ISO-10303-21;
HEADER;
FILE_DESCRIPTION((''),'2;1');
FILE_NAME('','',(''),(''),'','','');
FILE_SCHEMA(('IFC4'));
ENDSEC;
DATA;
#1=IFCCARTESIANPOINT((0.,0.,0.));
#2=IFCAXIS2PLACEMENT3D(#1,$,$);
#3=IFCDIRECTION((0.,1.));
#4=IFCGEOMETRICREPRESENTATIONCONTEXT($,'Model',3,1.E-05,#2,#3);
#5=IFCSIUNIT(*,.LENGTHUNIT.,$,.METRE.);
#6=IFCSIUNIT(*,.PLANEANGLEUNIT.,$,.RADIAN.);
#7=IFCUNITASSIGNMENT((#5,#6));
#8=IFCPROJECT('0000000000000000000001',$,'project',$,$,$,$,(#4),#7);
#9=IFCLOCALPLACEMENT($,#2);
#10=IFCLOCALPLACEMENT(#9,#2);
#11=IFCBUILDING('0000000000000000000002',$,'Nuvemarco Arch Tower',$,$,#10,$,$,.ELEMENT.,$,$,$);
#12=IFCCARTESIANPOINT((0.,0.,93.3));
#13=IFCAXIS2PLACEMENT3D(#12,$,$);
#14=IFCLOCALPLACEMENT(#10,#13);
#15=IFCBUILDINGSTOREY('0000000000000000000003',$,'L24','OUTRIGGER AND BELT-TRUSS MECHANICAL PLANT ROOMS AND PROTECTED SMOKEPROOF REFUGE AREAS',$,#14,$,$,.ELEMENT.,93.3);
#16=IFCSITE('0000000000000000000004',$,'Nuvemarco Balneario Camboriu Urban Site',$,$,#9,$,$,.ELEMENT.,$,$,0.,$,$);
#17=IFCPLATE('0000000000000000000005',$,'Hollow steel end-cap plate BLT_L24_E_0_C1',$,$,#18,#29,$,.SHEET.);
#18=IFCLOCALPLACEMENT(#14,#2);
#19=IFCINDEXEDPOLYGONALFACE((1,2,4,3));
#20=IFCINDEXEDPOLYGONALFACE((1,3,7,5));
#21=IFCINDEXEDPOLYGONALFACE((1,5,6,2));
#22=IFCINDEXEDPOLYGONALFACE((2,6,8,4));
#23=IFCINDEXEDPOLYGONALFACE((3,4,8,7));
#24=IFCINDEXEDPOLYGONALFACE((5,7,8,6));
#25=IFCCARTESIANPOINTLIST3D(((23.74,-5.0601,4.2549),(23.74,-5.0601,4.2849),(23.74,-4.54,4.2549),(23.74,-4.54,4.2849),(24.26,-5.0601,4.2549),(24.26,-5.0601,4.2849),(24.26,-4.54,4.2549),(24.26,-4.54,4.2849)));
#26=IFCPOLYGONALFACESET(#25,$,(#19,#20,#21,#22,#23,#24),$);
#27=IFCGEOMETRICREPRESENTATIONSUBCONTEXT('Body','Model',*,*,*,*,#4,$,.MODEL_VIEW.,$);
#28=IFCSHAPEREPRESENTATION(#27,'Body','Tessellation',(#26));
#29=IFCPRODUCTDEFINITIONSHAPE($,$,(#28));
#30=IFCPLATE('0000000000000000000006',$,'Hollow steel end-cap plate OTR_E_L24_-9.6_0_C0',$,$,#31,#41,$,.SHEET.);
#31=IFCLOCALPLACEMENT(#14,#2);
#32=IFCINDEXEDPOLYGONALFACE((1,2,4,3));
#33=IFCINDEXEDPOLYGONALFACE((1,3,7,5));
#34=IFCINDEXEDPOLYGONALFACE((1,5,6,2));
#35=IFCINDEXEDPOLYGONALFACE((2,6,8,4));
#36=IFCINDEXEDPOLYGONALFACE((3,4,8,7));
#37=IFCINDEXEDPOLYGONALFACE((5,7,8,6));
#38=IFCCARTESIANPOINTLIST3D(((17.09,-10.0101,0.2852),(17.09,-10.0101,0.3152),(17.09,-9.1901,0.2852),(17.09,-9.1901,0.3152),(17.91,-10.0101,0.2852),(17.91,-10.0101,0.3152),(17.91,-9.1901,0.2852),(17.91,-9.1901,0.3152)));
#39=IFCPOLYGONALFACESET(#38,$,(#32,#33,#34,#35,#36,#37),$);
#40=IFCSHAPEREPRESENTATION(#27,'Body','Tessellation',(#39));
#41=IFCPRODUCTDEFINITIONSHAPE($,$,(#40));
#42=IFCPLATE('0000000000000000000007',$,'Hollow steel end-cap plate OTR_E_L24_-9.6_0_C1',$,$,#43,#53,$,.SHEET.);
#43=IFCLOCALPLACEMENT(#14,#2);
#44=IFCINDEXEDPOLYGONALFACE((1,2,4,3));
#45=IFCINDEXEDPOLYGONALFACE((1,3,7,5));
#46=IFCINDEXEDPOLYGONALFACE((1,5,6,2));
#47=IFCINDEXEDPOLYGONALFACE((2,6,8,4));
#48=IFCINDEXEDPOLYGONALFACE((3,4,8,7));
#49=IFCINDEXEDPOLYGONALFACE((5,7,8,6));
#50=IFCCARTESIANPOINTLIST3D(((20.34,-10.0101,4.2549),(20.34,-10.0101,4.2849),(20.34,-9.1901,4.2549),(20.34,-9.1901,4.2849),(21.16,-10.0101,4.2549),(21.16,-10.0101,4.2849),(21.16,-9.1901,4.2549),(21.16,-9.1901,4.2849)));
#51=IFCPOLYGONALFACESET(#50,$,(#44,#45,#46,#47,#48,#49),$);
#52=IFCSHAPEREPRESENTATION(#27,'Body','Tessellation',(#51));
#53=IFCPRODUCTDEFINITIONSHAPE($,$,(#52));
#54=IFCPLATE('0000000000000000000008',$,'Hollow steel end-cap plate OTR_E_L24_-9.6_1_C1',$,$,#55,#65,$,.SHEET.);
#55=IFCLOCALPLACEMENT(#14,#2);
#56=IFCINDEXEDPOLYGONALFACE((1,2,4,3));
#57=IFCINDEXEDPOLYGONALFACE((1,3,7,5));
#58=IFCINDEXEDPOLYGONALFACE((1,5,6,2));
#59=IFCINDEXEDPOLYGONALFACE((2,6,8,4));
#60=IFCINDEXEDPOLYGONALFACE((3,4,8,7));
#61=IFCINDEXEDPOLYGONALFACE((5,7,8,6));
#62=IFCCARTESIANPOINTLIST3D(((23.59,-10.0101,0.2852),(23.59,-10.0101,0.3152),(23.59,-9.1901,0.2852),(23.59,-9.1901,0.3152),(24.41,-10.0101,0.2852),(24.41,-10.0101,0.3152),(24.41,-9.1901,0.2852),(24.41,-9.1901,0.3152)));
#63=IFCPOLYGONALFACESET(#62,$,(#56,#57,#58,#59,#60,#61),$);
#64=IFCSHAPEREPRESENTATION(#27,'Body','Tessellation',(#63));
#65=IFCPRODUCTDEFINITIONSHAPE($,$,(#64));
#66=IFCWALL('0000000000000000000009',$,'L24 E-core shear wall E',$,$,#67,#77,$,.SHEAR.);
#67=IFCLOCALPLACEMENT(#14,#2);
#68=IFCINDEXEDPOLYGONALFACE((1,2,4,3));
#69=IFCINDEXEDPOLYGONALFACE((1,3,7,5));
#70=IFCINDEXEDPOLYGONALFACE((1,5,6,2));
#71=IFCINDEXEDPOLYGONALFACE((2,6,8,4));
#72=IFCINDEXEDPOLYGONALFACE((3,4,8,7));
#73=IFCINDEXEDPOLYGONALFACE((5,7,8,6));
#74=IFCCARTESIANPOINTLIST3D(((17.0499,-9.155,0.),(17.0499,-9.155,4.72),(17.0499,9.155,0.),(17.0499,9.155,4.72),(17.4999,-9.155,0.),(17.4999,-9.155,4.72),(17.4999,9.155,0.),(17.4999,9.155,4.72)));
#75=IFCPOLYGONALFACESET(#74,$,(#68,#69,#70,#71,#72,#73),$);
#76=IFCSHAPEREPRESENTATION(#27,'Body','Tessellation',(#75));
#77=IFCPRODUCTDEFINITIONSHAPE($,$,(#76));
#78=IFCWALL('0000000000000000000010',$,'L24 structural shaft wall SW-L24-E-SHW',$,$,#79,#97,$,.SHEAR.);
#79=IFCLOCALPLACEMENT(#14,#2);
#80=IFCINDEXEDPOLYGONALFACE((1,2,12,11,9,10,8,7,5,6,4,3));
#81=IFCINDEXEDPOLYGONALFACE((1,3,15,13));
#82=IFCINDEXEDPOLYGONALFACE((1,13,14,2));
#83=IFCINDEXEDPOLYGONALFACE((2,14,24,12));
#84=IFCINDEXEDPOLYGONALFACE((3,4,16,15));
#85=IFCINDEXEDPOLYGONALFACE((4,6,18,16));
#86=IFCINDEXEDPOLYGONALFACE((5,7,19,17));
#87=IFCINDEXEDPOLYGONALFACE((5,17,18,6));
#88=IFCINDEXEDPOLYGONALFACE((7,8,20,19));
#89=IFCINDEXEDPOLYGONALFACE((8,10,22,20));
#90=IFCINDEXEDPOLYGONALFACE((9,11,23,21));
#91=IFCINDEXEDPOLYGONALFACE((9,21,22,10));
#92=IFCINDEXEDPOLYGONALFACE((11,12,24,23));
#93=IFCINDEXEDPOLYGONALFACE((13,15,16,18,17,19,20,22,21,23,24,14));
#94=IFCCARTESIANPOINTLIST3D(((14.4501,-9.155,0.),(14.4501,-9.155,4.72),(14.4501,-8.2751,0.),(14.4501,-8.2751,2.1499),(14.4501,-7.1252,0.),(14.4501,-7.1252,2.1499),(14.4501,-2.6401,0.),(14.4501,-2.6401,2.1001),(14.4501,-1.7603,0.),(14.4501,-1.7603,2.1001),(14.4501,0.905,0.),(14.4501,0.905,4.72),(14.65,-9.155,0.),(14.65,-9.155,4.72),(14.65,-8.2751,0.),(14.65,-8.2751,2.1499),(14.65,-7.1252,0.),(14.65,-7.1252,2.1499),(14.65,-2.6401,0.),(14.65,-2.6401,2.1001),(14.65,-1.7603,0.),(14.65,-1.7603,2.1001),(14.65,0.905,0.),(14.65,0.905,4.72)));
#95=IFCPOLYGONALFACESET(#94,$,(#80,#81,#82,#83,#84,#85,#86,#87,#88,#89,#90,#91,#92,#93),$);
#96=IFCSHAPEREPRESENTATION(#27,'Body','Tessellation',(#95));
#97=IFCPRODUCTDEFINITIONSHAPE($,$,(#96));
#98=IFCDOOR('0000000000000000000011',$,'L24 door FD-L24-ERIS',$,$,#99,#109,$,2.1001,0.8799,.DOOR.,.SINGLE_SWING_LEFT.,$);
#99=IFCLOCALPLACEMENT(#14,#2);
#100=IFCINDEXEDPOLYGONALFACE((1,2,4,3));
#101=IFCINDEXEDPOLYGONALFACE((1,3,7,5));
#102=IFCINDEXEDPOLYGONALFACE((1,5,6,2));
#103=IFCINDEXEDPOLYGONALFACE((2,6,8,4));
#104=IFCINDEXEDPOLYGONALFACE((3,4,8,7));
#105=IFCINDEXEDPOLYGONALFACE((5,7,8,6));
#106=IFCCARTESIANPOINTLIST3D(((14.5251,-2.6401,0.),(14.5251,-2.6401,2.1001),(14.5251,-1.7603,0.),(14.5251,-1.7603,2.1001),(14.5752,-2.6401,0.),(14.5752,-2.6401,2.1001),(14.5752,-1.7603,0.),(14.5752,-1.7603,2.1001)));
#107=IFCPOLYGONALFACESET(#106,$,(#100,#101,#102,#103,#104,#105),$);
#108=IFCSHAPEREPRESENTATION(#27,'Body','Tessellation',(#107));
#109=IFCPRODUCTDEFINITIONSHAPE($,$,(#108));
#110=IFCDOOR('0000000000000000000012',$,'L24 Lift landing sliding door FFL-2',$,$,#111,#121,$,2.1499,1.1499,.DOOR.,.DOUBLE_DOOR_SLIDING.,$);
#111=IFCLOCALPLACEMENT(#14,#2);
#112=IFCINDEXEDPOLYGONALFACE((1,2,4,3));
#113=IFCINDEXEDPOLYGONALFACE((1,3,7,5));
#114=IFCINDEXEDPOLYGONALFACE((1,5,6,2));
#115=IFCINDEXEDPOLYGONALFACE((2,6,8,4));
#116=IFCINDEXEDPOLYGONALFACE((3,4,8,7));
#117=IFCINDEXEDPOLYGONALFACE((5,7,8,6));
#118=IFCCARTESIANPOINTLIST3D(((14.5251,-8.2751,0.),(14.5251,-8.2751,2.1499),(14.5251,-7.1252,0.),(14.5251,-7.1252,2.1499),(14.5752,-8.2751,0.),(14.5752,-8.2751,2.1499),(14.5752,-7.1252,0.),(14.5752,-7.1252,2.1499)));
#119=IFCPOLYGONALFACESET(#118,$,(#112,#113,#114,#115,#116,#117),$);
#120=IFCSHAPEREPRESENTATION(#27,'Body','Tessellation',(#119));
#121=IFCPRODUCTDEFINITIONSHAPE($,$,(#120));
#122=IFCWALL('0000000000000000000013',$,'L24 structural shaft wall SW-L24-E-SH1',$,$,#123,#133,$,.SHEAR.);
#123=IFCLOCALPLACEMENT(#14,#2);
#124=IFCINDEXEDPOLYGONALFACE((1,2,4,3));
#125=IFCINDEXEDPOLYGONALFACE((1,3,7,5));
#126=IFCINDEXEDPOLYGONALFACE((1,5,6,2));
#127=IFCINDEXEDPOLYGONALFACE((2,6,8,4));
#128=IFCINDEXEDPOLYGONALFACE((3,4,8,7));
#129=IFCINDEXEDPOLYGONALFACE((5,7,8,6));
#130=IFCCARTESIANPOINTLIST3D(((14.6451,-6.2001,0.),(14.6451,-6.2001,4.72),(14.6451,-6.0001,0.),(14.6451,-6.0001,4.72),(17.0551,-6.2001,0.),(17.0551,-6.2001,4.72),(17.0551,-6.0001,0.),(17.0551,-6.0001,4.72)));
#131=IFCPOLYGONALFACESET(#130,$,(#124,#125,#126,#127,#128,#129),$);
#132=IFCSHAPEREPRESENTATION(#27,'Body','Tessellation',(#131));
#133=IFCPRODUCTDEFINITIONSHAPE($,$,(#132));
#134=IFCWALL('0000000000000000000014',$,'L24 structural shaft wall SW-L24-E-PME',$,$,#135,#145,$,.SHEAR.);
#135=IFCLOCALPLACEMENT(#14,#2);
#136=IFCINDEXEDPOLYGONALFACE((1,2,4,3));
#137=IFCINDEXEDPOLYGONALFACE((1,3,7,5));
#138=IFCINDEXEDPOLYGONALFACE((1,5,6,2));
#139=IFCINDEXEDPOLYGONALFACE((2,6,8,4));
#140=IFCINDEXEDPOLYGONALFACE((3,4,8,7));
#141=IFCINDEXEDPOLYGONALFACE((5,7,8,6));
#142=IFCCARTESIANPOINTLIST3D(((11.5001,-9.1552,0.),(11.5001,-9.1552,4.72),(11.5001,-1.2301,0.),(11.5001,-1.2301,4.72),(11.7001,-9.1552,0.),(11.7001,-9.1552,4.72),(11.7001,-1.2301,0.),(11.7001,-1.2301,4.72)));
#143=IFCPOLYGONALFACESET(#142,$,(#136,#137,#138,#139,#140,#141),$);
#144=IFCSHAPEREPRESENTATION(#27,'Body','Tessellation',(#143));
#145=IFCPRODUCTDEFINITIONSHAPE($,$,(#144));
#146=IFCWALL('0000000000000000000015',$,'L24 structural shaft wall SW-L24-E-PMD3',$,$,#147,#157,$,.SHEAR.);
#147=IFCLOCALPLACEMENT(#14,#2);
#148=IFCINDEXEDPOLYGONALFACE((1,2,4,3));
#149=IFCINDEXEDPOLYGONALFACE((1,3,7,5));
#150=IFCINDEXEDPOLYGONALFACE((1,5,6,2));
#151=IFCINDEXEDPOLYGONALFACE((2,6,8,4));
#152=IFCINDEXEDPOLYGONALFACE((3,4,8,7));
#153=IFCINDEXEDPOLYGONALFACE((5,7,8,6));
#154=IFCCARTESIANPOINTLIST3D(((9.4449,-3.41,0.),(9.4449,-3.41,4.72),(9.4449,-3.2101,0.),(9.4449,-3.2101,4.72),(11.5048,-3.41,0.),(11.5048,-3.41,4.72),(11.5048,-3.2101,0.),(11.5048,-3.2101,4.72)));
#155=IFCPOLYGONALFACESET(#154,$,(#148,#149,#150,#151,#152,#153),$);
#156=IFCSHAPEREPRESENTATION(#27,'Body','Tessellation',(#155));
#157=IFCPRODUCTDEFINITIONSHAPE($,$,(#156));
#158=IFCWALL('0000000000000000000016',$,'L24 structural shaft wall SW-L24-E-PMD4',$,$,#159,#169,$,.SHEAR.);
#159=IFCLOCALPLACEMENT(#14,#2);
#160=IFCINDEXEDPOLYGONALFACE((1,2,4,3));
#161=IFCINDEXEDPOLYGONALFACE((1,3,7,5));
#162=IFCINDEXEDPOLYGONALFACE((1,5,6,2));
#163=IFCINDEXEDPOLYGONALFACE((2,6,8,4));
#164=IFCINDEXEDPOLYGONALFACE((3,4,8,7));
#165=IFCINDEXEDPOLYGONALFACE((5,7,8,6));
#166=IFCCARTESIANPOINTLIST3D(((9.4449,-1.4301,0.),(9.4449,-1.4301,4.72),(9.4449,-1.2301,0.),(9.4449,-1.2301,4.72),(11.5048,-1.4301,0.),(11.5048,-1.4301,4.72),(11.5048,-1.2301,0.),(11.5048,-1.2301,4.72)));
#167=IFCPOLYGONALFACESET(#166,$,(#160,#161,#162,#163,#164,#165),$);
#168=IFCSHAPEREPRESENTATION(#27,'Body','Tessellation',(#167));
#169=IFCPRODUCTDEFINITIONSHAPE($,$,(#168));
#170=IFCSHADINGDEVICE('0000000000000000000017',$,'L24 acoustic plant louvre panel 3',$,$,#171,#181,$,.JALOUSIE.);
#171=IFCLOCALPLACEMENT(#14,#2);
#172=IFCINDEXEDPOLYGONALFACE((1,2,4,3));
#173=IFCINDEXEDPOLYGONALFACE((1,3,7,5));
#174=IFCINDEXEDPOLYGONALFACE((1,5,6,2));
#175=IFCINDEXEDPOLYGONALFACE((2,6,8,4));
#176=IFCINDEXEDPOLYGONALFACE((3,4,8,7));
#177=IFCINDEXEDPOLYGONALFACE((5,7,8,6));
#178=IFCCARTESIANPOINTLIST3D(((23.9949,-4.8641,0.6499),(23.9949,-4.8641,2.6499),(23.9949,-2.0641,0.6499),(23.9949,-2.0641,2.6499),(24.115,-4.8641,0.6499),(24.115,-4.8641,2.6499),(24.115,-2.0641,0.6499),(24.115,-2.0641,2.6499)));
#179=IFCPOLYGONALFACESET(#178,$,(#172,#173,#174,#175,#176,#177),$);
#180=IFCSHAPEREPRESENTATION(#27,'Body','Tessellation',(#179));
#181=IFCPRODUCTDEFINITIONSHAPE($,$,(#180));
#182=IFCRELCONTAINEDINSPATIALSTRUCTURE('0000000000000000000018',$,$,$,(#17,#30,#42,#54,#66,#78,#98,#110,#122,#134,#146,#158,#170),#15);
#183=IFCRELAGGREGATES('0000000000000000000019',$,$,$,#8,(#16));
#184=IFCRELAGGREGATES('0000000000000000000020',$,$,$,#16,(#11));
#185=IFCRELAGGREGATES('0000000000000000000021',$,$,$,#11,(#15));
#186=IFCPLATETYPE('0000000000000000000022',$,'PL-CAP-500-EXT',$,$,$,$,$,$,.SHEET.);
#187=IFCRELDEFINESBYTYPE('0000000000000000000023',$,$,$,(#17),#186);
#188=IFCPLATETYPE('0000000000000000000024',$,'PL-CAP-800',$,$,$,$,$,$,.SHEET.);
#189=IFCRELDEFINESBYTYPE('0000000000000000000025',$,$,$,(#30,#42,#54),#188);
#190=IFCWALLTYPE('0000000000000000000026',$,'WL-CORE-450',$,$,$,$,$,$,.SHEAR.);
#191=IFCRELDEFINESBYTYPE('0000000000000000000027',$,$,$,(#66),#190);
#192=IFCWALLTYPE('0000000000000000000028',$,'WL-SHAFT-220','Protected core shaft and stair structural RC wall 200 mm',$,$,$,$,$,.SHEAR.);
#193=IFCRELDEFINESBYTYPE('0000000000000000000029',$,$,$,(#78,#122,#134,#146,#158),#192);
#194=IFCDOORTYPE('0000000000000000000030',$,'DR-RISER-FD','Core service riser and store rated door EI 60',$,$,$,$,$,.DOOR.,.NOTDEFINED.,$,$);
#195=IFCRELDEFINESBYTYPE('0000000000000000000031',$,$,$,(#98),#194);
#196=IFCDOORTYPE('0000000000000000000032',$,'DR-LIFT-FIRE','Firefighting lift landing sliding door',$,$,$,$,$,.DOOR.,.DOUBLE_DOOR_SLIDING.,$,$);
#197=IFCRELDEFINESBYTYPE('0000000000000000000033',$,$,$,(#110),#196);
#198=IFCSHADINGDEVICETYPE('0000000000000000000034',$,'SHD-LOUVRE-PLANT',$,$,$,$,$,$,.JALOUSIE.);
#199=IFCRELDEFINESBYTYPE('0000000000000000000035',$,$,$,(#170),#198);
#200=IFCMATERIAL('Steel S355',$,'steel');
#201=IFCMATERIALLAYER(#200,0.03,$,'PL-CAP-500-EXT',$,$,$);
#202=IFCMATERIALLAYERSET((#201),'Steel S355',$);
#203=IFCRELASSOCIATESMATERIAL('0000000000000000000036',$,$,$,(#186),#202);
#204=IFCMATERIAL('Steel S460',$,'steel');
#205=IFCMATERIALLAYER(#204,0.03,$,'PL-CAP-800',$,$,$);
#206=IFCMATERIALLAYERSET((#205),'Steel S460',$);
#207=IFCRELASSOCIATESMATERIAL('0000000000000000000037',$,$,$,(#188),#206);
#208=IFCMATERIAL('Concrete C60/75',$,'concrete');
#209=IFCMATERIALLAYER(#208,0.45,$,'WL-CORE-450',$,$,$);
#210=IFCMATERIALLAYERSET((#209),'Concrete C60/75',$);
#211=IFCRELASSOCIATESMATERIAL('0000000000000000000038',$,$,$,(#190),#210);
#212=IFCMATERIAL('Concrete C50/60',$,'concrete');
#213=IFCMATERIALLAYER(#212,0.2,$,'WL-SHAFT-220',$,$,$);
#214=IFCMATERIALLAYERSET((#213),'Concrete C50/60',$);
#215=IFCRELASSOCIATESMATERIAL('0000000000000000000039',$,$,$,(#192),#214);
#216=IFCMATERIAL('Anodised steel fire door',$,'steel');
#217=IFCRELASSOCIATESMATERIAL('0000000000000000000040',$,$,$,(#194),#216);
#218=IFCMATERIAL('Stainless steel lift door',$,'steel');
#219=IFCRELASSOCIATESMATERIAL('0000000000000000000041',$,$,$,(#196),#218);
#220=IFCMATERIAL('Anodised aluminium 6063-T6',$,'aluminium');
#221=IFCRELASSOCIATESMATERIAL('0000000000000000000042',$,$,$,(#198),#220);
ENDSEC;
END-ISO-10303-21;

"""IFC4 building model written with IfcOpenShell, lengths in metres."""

from ifc_helpers import new_model, si_unit, direction, frame, frame_2d, origin, origin_2d, place, context, subcontext, project, spatial, rectangle, extrude, source, transform, mapped, material, layer, layer_set, type_object, type_shapes, element, fill, save


model = new_model("IFC4")

# Units and contexts
model_context = context("Model", 3, precision=1e-05, world=origin(), true_north=direction((0.0, 1.0)))
body_context = subcontext(model_context, "Body", "Model", "MODEL_VIEW")
ifc_project = project(units=[si_unit("LENGTHUNIT", "METRE"), si_unit("PLANEANGLEUNIT", "RADIAN")], contexts=[model_context])

# Site, building, storey
site_placement = place(None, origin())
site = spatial("IfcSite", under=ifc_project, at=site_placement, Name="Nuvemarco Balneario Camboriu Urban Site", CompositionType="ELEMENT", RefElevation=0.0)
building_placement = place(site_placement, origin())
building = spatial("IfcBuilding", under=site, at=building_placement, Name="Nuvemarco Arch Tower", CompositionType="ELEMENT")
storey_placement = place(building_placement, frame((0.0, 0.0, 93.3)))
storey = spatial("IfcBuildingStorey", under=building, at=storey_placement, Name="L24", Description="OUTRIGGER AND BELT-TRUSS MECHANICAL PLANT ROOMS AND PROTECTED SMOKEPROOF REFUGE AREAS", CompositionType="ELEMENT", Elevation=93.3)

# Shared definitions
ifc_material_1 = material(Name="Concrete C60/75", Category="concrete")
ifc_material_2 = material(Name="Steel S460", Category="steel")

# Shared definitions
ifc_material_3 = material(Name="Steel S355", Category="steel")

# Plates
ifc_layer_1 = layer(ifc_material_3, 0.03, Name="PL-CAP-500-EXT")
ifc_layer_set_1 = layer_set([ifc_layer_1], Name="Steel S355")
plate_type_1 = type_object("IfcPlateType", Name="PL-CAP-500-EXT", PredefinedType="SHEET", material=ifc_layer_set_1)
shared_shape_1 = source(origin(), body_context, "Body", "SweptSolid", [
    extrude(rectangle(XDim=0.52, YDim=0.52, at=origin_2d()), origin(), (0.0, 0.0, 1.0), 0.03),
])
type_shapes(plate_type_1, [shared_shape_1])
plate_1_placement = place(storey_placement, frame((24.0, -4.8, 4.2549), z_axis=(0.0, 0.0, 1.0), x_axis=(1.0, 0.0, 0.0)))
element("IfcPlate", 1, at=plate_1_placement, inside=storey, type_object=plate_type_1, Name="Hollow steel end-cap plate BLT_L24_E_0_C1", PredefinedType="SHEET", context=body_context, shape_type="MappedRepresentation", body=[
    mapped(shared_shape_1, transform((0.0, 0.0, 0.0), scale=1.0)),
])
ifc_layer_2 = layer(ifc_material_2, 0.03, Name="PL-CAP-800")
ifc_layer_set_2 = layer_set([ifc_layer_2], Name="Steel S460")
plate_type_2 = type_object("IfcPlateType", Name="PL-CAP-800", PredefinedType="SHEET", material=ifc_layer_set_2)
shared_shape_2 = source(origin(), body_context, "Body", "SweptSolid", [
    extrude(rectangle(XDim=0.8201, YDim=0.8201, at=origin_2d()), origin(), (0.0, 0.0, 1.0), 0.03),
])
type_shapes(plate_type_2, [shared_shape_2])
for number, where, z_axis, x_axis, name in (
    (2, (17.5, -9.6001, 0.2852), (0.0, 0.0, 1.0), (1.0, 0.0, 0.0), "Hollow steel end-cap plate OTR_E_L24_-9.6_0_C0"),
    (3, (20.75, -9.6001, 4.2549), (0.0, 0.0, 1.0), (1.0, 0.0, 0.0), "Hollow steel end-cap plate OTR_E_L24_-9.6_0_C1"),
    (4, (24.0, -9.6001, 0.2852), (0.0, 0.0, 1.0), (1.0, 0.0, 0.0), "Hollow steel end-cap plate OTR_E_L24_-9.6_1_C1"),
):
    element("IfcPlate", number, at=place(storey_placement, frame(where, z_axis=z_axis, x_axis=x_axis)), inside=storey, type_object=plate_type_2, Name=name, PredefinedType="SHEET", context=body_context, shape_type="MappedRepresentation", body=[
        mapped(shared_shape_2, transform((0.0, 0.0, 0.0), scale=1.0)),
    ])

# Wall
ifc_layer_3 = layer(ifc_material_1, 0.45, Name="WL-CORE-450")
ifc_layer_set_3 = layer_set([ifc_layer_3], Name="Concrete C60/75")
wall_type_1 = type_object("IfcWallType", Name="WL-CORE-450", PredefinedType="SHEAR", material=ifc_layer_set_3)
wall_1_placement = place(storey_placement, frame((17.2749, -9.155, 0.0), z_axis=(0.0, 0.0, 1.0), x_axis=(0.0, 1.0, 0.0)))
element("IfcWall", 5, at=wall_1_placement, inside=storey, type_object=wall_type_1, Name="L24 E-core shear wall E", PredefinedType="SHEAR", context=body_context, shape_type="SweptSolid", body=[
    extrude(rectangle(XDim=18.3101, YDim=0.45, at=frame_2d((9.155, 0.0))), origin(), (0.0, 0.0, 1.0), 4.72),
])

# Wall, openings, doors
ifc_material_4 = material(Name="Concrete C50/60", Category="concrete")
ifc_layer_4 = layer(ifc_material_4, 0.2, Name="WL-SHAFT-220")
ifc_layer_set_4 = layer_set([ifc_layer_4], Name="Concrete C50/60")
wall_type_2 = type_object("IfcWallType", Name="WL-SHAFT-220", Description="Protected core shaft and stair structural RC wall 200 mm", PredefinedType="SHEAR", material=ifc_layer_set_4)
wall_2_placement = place(storey_placement, frame((14.55, -9.155, 0.0), z_axis=(0.0, 0.0, 1.0), x_axis=(0.0, 1.0, 0.0)))
wall_2 = element("IfcWall", 6, at=wall_2_placement, inside=storey, type_object=wall_type_2, Name="L24 structural shaft wall SW-L24-E-SHW", PredefinedType="SHEAR", context=body_context, shape_type="SweptSolid", body=[
    extrude(rectangle(XDim=10.0601, YDim=0.2, at=frame_2d((5.03, 0.0))), origin(), (0.0, 0.0, 1.0), 4.72),
])
opening_1_placement = place(wall_2_placement, frame((6.5149, 0.0, 0.0)))
opening_1 = element("IfcOpeningElement", 7, at=opening_1_placement, cuts=wall_2, PredefinedType="OPENING", context=body_context, shape_type="SweptSolid", body=[
    extrude(rectangle(XDim=0.8799, YDim=2.1001, at=frame_2d((0.4399, 1.05))), frame((0.0, 0.1099, 0.0), z_axis=(0.0, -1.0, 0.0), x_axis=(1.0, 0.0, 0.0)), (0.0, 0.0, 1.0), 0.22),
])
opening_2_placement = place(wall_2_placement, frame((0.8799, 0.0, 0.0)))
opening_2 = element("IfcOpeningElement", 8, at=opening_2_placement, cuts=wall_2, PredefinedType="OPENING", context=body_context, shape_type="SweptSolid", body=[
    extrude(rectangle(XDim=1.1499, YDim=2.1499, at=frame_2d((0.575, 1.075))), frame((0.0, 0.1099, 0.0), z_axis=(0.0, -1.0, 0.0), x_axis=(1.0, 0.0, 0.0)), (0.0, 0.0, 1.0), 0.22),
])
ifc_material_5 = material(Name="Anodised steel fire door", Category="steel")
door_type_1 = type_object("IfcDoorType", Name="DR-RISER-FD", Description="Core service riser and store rated door EI 60", OperationType="NOTDEFINED", PredefinedType="DOOR", material=ifc_material_5)
shared_shape_3 = source(origin(), body_context, "Body", "SweptSolid", [
    extrude(rectangle(XDim=0.8799, YDim=2.1001, at=frame_2d((0.4399, 1.05))), frame((0.0, 0.0249, 0.0), z_axis=(0.0, -1.0, 0.0), x_axis=(1.0, 0.0, 0.0)), (0.0, 0.0, 1.0), 0.05),
])
type_shapes(door_type_1, [shared_shape_3])
door_1_placement = place(opening_1_placement, origin())
door_1 = element("IfcDoor", 9, at=door_1_placement, inside=storey, type_object=door_type_1, Name="L24 door FD-L24-ERIS", OperationType="SINGLE_SWING_LEFT", OverallHeight=2.1001, OverallWidth=0.8799, PredefinedType="DOOR", context=body_context, shape_type="MappedRepresentation", body=[
    mapped(shared_shape_3, transform((0.0, 0.0, 0.0), scale=1.0)),
])
fill(opening_1, door_1)
ifc_material_6 = material(Name="Stainless steel lift door", Category="steel")
door_type_2 = type_object("IfcDoorType", Name="DR-LIFT-FIRE", Description="Firefighting lift landing sliding door", OperationType="DOUBLE_DOOR_SLIDING", PredefinedType="DOOR", material=ifc_material_6)
shared_shape_4 = source(origin(), body_context, "Body", "SweptSolid", [
    extrude(rectangle(XDim=1.1499, YDim=2.1499, at=frame_2d((0.575, 1.075))), frame((0.0, 0.0249, 0.0), z_axis=(0.0, -1.0, 0.0), x_axis=(1.0, 0.0, 0.0)), (0.0, 0.0, 1.0), 0.05),
])
type_shapes(door_type_2, [shared_shape_4])
door_2_placement = place(opening_2_placement, origin())
door_2 = element("IfcDoor", 10, at=door_2_placement, inside=storey, type_object=door_type_2, Name="L24 Lift landing sliding door FFL-2", OperationType="DOUBLE_DOOR_SLIDING", OverallHeight=2.1499, OverallWidth=1.1499, PredefinedType="DOOR", context=body_context, shape_type="MappedRepresentation", body=[
    mapped(shared_shape_4, transform((0.0, 0.0, 0.0), scale=1.0)),
])
fill(opening_2, door_2)

# Walls
wall_3_placement = place(storey_placement, frame((14.645, -6.1001, 0.0), z_axis=(0.0, 0.0, 1.0), x_axis=(1.0, 0.0, 0.0)))
element("IfcWall", 11, at=wall_3_placement, inside=storey, type_object=wall_type_2, Name="L24 structural shaft wall SW-L24-E-SH1", PredefinedType="SHEAR", context=body_context, shape_type="SweptSolid", body=[
    extrude(rectangle(XDim=2.4099, YDim=0.2, at=frame_2d((1.2051, 0.0))), origin(), (0.0, 0.0, 1.0), 4.72),
])
wall_4_placement = place(storey_placement, frame((11.6001, -9.155, 0.0), z_axis=(0.0, 0.0, 1.0), x_axis=(0.0, 1.0, 0.0)))
element("IfcWall", 12, at=wall_4_placement, inside=storey, type_object=wall_type_2, Name="L24 structural shaft wall SW-L24-E-PME", PredefinedType="SHEAR", context=body_context, shape_type="SweptSolid", body=[
    extrude(rectangle(XDim=7.925, YDim=0.2, at=frame_2d((3.9624, 0.0))), origin(), (0.0, 0.0, 1.0), 4.72),
])

# Walls
for number, where, z_axis, x_axis, name in (
    (13, (9.4451, -3.3101, 0.0), (0.0, 0.0, 1.0), (1.0, 0.0, 0.0), "L24 structural shaft wall SW-L24-E-PMD3"),
    (14, (9.4451, -1.3301, 0.0), (0.0, 0.0, 1.0), (1.0, 0.0, 0.0), "L24 structural shaft wall SW-L24-E-PMD4"),
):
    element("IfcWall", number, at=place(storey_placement, frame(where, z_axis=z_axis, x_axis=x_axis)), inside=storey, type_object=wall_type_2, Name=name, PredefinedType="SHEAR", context=body_context, shape_type="SweptSolid", body=[
        extrude(rectangle(XDim=2.0598, YDim=0.2, at=frame_2d((1.0298, 0.0))), origin(), (0.0, 0.0, 1.0), 4.72),
    ])

# Shading device
ifc_material_7 = material(Name="Anodised aluminium 6063-T6", Category="aluminium")
shading_device_type = type_object("IfcShadingDeviceType", Name="SHD-LOUVRE-PLANT", PredefinedType="JALOUSIE", material=ifc_material_7)
shared_shape_5 = source(origin(), body_context, "Body", "SweptSolid", [
    extrude(rectangle(XDim=2.8, YDim=0.1201, at=origin_2d()), origin(), (0.0, 0.0, 1.0), 2.0),
])
type_shapes(shading_device_type, [shared_shape_5])
shading_device_placement = place(storey_placement, frame((24.0549, -3.4641, 0.6499), z_axis=(0.0, 0.0, 1.0), x_axis=(0.0, 1.0, 0.0)))
element("IfcShadingDevice", 15, at=shading_device_placement, inside=storey, type_object=shading_device_type, Name="L24 acoustic plant louvre panel 3", PredefinedType="JALOUSIE", context=body_context, shape_type="MappedRepresentation", body=[
    mapped(shared_shape_5, transform((0.0, 0.0, 0.0), scale=1.0)),
])

save(model, "model.ifc")
